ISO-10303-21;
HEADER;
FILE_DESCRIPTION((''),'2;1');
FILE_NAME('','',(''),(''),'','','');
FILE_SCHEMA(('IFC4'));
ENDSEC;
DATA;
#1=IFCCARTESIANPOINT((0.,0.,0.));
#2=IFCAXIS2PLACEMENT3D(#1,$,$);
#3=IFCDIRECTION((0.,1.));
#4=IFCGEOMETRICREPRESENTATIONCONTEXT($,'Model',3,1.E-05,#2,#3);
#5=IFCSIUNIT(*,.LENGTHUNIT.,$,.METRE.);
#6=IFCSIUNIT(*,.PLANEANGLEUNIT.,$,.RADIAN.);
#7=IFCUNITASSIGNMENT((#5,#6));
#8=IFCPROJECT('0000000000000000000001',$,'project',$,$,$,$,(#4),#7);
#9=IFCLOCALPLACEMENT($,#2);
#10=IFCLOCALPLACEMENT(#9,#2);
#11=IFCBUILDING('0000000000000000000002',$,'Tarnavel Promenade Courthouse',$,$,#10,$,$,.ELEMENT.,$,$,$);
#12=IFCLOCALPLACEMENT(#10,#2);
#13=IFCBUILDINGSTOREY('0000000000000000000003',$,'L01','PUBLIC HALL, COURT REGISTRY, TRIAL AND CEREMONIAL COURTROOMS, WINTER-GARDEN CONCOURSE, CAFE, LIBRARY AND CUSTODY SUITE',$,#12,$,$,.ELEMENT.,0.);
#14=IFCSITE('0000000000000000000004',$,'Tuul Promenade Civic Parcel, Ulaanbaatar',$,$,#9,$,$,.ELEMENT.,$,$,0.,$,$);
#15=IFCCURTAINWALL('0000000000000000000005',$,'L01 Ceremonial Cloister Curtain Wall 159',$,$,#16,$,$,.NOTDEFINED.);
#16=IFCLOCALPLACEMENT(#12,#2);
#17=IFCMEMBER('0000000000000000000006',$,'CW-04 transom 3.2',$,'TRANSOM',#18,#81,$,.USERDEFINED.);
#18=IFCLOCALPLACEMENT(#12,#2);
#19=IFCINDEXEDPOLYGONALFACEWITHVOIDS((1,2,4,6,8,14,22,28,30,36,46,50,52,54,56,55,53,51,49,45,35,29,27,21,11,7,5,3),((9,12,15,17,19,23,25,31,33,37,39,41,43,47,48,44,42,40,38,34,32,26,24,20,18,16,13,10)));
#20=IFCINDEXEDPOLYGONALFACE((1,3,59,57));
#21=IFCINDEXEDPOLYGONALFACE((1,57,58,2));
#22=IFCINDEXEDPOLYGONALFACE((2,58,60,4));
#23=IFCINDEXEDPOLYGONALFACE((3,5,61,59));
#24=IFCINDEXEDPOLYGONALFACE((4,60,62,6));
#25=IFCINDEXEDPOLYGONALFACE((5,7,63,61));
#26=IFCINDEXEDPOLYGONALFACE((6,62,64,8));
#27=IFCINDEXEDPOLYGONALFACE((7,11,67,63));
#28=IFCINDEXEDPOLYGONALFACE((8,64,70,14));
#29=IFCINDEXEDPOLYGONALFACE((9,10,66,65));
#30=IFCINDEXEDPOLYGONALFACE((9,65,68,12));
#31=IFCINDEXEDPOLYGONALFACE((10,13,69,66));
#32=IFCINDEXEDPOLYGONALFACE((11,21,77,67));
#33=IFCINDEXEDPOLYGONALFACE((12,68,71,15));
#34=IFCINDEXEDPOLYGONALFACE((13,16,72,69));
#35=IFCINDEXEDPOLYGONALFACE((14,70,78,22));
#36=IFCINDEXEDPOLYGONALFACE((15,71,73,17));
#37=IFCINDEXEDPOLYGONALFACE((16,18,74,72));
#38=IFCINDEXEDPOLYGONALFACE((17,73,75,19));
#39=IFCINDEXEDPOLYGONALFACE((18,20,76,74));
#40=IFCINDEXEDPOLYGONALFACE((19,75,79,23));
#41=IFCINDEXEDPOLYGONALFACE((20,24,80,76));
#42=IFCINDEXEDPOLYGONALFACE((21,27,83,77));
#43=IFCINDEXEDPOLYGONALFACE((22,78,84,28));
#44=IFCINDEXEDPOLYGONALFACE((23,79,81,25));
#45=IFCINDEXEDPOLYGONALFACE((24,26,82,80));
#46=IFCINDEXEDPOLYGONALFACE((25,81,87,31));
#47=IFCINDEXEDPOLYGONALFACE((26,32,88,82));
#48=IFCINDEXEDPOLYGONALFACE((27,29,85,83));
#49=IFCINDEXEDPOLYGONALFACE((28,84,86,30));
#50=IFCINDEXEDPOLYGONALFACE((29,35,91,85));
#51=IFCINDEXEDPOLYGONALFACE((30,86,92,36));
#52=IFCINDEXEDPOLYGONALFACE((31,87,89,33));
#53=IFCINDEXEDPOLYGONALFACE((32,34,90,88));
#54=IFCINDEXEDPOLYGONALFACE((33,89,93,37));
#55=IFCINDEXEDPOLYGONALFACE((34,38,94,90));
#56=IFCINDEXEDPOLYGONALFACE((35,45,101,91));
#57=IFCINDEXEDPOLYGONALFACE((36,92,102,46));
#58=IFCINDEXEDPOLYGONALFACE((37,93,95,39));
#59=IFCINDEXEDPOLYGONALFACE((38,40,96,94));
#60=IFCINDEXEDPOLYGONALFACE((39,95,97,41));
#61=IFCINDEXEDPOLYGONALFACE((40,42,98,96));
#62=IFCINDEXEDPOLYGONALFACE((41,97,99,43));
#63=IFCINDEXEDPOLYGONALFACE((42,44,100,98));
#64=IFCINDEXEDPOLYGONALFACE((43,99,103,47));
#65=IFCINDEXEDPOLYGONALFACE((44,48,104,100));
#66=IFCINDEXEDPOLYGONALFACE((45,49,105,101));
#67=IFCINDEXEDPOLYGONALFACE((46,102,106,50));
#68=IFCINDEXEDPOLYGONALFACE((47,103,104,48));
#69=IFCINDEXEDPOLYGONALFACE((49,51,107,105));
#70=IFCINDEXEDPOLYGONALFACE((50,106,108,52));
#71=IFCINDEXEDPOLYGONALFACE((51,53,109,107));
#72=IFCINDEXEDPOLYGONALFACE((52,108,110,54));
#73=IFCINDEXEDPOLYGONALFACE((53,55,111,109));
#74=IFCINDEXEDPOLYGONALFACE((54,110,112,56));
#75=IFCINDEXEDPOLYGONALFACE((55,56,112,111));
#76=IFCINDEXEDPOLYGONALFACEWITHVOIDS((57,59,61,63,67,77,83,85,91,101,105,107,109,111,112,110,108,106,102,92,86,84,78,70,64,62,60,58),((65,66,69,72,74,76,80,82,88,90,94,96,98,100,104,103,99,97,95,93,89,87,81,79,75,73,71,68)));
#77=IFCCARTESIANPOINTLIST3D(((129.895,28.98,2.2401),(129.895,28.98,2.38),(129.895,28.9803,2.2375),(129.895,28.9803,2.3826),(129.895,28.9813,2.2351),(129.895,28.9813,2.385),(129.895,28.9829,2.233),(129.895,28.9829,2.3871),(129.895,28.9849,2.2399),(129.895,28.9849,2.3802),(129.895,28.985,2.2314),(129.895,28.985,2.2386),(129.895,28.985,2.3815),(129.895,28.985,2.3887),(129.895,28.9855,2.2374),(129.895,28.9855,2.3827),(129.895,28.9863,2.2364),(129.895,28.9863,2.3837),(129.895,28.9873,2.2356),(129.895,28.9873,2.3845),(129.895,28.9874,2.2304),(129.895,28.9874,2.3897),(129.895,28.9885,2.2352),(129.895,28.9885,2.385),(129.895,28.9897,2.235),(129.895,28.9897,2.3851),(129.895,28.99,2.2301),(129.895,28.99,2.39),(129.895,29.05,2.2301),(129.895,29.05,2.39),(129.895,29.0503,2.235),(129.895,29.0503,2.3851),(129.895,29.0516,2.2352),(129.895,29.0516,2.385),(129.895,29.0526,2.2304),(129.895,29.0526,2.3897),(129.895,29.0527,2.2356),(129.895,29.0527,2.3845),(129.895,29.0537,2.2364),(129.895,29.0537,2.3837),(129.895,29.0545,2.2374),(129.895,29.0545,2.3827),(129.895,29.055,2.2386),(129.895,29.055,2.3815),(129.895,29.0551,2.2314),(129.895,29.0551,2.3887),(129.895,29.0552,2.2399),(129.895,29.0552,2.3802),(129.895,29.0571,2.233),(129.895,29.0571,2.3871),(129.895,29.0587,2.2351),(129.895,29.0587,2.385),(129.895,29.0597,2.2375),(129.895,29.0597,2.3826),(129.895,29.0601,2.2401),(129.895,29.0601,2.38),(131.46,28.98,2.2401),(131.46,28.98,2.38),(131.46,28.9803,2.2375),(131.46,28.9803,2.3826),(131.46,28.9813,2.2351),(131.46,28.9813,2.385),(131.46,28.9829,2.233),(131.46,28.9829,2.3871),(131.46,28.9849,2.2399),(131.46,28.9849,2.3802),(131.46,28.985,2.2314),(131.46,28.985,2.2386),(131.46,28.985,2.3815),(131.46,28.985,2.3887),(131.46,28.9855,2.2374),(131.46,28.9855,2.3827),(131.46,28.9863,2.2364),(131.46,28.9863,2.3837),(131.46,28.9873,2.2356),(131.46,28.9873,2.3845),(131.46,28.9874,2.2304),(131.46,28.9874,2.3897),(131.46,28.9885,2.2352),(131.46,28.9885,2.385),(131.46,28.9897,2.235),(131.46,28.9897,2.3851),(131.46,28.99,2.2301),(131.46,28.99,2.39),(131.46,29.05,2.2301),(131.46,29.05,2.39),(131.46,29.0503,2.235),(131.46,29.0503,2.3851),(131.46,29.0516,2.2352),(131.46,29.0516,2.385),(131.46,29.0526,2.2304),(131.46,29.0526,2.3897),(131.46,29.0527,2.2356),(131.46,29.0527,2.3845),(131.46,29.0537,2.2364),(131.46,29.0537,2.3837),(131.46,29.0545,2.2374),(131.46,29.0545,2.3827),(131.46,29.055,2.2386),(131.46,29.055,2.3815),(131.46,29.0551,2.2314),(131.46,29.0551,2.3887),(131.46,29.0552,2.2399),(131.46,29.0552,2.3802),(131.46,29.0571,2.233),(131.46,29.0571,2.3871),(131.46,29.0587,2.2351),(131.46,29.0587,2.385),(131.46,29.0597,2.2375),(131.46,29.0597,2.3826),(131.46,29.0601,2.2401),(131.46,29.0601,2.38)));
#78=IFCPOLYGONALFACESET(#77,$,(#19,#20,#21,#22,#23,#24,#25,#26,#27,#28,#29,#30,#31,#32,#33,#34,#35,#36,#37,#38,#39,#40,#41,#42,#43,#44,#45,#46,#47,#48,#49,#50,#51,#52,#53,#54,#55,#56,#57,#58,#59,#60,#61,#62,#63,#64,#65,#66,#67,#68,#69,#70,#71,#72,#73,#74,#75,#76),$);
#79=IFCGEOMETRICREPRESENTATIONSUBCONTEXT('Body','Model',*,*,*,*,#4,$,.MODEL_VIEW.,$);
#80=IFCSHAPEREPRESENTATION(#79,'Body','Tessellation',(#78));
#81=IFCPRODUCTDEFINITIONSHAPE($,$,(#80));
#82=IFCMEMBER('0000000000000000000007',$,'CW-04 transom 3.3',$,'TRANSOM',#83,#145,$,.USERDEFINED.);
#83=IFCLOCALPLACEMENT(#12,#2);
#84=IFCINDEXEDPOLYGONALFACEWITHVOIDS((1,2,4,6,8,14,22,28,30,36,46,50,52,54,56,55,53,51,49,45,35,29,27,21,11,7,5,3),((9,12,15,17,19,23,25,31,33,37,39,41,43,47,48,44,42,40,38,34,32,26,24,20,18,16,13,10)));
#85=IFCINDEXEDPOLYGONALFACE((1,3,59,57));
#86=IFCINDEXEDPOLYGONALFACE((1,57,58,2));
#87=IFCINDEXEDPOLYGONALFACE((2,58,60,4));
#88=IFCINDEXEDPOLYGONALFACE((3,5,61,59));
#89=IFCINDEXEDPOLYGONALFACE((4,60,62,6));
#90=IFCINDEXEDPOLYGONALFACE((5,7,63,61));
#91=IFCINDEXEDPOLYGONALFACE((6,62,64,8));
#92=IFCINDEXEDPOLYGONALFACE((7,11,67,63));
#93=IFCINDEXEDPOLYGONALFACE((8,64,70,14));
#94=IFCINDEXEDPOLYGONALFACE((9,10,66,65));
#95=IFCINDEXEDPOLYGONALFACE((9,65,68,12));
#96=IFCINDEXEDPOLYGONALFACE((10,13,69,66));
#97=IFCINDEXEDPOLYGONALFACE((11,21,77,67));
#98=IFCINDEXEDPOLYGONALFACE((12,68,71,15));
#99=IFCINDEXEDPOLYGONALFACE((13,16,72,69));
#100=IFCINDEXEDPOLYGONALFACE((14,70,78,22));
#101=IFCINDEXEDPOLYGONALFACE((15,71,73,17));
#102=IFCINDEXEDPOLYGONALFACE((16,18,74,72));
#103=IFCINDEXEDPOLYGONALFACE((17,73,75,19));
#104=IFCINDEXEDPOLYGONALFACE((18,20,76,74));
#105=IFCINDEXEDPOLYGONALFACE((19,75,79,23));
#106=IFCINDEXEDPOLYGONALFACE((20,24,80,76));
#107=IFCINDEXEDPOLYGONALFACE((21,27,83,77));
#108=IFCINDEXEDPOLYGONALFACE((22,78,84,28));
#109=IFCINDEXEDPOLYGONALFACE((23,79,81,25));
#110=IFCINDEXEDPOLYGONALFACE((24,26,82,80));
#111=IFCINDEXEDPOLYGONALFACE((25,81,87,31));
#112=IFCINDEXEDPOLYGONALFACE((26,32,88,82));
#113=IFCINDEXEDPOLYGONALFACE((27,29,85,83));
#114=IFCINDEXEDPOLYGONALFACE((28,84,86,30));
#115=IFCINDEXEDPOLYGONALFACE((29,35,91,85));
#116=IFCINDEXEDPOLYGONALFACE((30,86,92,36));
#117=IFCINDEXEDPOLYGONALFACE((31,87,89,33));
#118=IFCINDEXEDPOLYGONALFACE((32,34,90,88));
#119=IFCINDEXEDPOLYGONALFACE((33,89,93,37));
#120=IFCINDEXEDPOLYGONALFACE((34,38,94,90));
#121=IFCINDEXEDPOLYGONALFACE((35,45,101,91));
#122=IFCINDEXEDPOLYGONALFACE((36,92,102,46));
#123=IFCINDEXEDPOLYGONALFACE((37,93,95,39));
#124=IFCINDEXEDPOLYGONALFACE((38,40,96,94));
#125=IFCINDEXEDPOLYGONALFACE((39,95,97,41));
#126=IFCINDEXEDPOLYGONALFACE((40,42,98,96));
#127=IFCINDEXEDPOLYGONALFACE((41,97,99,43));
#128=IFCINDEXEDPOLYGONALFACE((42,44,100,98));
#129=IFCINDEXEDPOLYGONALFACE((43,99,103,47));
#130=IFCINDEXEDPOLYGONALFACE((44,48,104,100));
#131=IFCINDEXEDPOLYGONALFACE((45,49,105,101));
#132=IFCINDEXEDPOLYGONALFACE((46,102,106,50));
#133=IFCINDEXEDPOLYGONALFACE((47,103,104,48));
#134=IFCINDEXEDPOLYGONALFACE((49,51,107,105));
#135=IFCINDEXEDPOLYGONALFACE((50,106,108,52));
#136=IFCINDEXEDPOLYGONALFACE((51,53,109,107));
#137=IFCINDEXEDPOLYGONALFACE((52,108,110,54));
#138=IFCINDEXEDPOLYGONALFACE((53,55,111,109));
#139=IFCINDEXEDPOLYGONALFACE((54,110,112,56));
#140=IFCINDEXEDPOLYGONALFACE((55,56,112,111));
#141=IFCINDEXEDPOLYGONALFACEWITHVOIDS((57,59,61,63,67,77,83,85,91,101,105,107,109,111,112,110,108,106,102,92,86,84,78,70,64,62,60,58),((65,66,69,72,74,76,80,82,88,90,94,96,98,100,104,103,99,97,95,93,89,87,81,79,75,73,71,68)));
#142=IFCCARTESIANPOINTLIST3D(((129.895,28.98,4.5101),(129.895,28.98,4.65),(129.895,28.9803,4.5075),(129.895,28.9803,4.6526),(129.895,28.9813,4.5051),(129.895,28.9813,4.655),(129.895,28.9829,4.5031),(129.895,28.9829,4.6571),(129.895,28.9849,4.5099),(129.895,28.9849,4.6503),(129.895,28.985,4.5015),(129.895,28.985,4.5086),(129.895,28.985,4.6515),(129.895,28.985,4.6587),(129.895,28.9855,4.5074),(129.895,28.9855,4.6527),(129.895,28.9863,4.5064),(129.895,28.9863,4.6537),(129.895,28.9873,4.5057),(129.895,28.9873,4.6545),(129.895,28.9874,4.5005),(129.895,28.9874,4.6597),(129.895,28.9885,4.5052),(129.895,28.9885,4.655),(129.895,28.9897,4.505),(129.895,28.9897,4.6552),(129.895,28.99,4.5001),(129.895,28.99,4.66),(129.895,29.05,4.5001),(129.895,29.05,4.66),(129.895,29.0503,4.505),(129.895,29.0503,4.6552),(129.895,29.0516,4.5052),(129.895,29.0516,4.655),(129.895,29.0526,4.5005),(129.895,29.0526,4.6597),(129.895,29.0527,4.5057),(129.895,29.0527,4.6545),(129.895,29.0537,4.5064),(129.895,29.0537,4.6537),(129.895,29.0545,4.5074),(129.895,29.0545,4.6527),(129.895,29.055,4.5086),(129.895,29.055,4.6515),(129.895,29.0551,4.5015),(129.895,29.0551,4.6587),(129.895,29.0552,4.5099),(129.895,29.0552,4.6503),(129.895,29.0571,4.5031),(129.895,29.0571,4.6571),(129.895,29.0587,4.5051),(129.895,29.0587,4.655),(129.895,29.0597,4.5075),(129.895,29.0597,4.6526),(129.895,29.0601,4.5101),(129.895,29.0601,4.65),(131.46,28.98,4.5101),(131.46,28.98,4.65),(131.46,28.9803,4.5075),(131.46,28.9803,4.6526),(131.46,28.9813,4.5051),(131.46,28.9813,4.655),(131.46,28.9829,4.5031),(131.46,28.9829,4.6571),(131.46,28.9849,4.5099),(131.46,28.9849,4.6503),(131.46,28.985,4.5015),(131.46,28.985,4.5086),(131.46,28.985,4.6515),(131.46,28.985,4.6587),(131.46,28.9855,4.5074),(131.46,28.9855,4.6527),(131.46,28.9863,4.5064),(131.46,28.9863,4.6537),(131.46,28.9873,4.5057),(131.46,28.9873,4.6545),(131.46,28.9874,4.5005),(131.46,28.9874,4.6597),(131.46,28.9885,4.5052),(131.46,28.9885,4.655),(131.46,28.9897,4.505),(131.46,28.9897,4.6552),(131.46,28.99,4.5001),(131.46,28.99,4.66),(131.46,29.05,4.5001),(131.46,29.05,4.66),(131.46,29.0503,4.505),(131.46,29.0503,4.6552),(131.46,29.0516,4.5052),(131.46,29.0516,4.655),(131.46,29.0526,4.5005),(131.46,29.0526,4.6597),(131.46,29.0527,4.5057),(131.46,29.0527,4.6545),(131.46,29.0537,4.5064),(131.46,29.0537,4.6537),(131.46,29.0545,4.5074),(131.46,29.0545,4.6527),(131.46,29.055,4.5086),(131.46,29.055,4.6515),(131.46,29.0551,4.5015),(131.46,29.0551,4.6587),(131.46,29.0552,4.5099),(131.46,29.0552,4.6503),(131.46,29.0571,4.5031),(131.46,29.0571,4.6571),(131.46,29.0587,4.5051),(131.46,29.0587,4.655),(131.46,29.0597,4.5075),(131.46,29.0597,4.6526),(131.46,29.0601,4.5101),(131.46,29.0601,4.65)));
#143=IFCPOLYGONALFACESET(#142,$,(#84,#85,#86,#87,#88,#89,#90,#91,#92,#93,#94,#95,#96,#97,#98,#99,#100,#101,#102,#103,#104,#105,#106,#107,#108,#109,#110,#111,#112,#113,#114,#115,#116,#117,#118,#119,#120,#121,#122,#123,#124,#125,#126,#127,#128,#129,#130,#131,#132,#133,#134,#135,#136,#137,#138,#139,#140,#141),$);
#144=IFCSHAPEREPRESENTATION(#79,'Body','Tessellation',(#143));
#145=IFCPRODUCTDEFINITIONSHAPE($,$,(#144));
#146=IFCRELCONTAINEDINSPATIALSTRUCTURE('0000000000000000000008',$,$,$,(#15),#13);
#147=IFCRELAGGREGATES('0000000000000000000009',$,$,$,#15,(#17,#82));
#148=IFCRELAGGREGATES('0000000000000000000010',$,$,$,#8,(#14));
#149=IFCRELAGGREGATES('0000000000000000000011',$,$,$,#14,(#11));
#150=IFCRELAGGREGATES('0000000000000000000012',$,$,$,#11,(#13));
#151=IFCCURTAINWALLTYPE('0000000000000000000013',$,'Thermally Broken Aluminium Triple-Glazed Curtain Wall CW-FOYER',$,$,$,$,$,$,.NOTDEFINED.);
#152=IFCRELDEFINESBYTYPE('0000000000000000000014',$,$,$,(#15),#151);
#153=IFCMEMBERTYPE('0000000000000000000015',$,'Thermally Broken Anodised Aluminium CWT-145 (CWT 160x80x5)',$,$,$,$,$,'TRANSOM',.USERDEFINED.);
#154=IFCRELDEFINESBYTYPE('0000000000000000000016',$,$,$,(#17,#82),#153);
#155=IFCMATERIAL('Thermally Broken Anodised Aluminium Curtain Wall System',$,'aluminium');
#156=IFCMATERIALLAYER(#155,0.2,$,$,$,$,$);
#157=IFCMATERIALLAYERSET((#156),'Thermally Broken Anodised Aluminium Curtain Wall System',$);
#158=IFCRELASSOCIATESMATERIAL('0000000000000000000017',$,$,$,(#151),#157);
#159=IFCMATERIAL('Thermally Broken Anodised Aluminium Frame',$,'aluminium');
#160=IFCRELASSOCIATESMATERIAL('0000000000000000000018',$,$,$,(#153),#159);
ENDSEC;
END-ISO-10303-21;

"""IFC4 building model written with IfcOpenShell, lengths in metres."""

from ifc_helpers import new_model, si_unit, direction, frame, origin, origin_2d, place, context, subcontext, project, spatial, hollow_rectangle, extrude, material, layer, layer_set, material_profile, profile_set, type_object, element, aggregate, save


model = new_model("IFC4")

# Units and contexts
model_context = context("Model", 3, precision=1e-05, world=origin(), true_north=direction((0.0, 1.0)))
body_context = subcontext(model_context, "Body", "Model", "MODEL_VIEW")
ifc_project = project(units=[si_unit("LENGTHUNIT", "METRE"), si_unit("PLANEANGLEUNIT", "RADIAN")], contexts=[model_context])

# Site, building, storey
site_placement = place(None, origin())
site = spatial("IfcSite", under=ifc_project, at=site_placement, Name="Tuul Promenade Civic Parcel, Ulaanbaatar", CompositionType="ELEMENT", RefElevation=0.0)
building_placement = place(site_placement, origin())
building = spatial("IfcBuilding", under=site, at=building_placement, Name="Tarnavel Promenade Courthouse", CompositionType="ELEMENT")
storey_placement = place(building_placement, origin())
storey = spatial("IfcBuildingStorey", under=building, at=storey_placement, Name="L01", Description="PUBLIC HALL, COURT REGISTRY, TRIAL AND CEREMONIAL COURTROOMS, WINTER-GARDEN CONCOURSE, CAFE, LIBRARY AND CUSTODY SUITE", CompositionType="ELEMENT", Elevation=0.0)

# Shared definitions
ifc_material_1 = material(Name="Thermally Broken Anodised Aluminium Curtain Wall System", Category="aluminium")
ifc_layer_1 = layer(ifc_material_1, 0.2)
ifc_layer_set_1 = layer_set([ifc_layer_1], Name="Thermally Broken Anodised Aluminium Curtain Wall System")
curtain_wall_type = type_object("IfcCurtainWallType", Name="Thermally Broken Aluminium Triple-Glazed Curtain Wall CW-FOYER", PredefinedType="NOTDEFINED", material=ifc_layer_set_1)
ifc_material_2 = material(Name="Thermally Broken Anodised Aluminium Frame", Category="aluminium")

# Curtain wall
curtain_wall_1_placement = place(storey_placement, origin())
curtain_wall_1 = element("IfcCurtainWall", 1, at=curtain_wall_1_placement, inside=storey, type_object=curtain_wall_type, Name="L01 Ceremonial Cloister Curtain Wall 159", PredefinedType="NOTDEFINED")

# Members
ifc_material_profile_1 = material_profile(ifc_material_2, hollow_rectangle(XDim=0.0801, YDim=0.1599, WallThickness=0.0049, InnerFilletRadius=0.0049, OuterFilletRadius=0.01, at=origin_2d()), Name="CWT 160x80x5")
ifc_profile_set_1 = profile_set([ifc_material_profile_1], Name="Thermally Broken Anodised Aluminium Frame")
member_type_1 = type_object("IfcMemberType", Name="Thermally Broken Anodised Aluminium CWT-145 (CWT 160x80x5)", ElementType="TRANSOM", PredefinedType="USERDEFINED", material=ifc_profile_set_1)
member_1_placement = place(storey_placement, frame((129.895, 29.02, 2.3101), z_axis=(1.0, 0.0, 0.0), x_axis=(0.0, 1.0, 0.0)))
member_1 = element("IfcMember", 2, at=member_1_placement, type_object=member_type_1, Name="CW-04 transom 3.2", ObjectType="TRANSOM", PredefinedType="USERDEFINED", context=body_context, shape_type="SweptSolid", body=[
    extrude(hollow_rectangle(XDim=0.0801, YDim=0.1599, WallThickness=0.0049, InnerFilletRadius=0.0049, OuterFilletRadius=0.01, at=origin_2d()), origin(), (0.0, 0.0, 1.0), 1.5649),
])
member_2_placement = place(storey_placement, frame((129.895, 29.02, 4.5801), z_axis=(1.0, 0.0, 0.0), x_axis=(0.0, 1.0, 0.0)))
member_2 = element("IfcMember", 3, at=member_2_placement, type_object=member_type_1, Name="CW-04 transom 3.3", ObjectType="TRANSOM", PredefinedType="USERDEFINED", context=body_context, shape_type="SweptSolid", body=[
    extrude(hollow_rectangle(XDim=0.0801, YDim=0.1599, WallThickness=0.0049, InnerFilletRadius=0.0049, OuterFilletRadius=0.01, at=origin_2d()), origin(), (0.0, 0.0, 1.0), 1.5649),
])

aggregate(curtain_wall_1, [member_1, member_2])

save(model, "model.ifc")
